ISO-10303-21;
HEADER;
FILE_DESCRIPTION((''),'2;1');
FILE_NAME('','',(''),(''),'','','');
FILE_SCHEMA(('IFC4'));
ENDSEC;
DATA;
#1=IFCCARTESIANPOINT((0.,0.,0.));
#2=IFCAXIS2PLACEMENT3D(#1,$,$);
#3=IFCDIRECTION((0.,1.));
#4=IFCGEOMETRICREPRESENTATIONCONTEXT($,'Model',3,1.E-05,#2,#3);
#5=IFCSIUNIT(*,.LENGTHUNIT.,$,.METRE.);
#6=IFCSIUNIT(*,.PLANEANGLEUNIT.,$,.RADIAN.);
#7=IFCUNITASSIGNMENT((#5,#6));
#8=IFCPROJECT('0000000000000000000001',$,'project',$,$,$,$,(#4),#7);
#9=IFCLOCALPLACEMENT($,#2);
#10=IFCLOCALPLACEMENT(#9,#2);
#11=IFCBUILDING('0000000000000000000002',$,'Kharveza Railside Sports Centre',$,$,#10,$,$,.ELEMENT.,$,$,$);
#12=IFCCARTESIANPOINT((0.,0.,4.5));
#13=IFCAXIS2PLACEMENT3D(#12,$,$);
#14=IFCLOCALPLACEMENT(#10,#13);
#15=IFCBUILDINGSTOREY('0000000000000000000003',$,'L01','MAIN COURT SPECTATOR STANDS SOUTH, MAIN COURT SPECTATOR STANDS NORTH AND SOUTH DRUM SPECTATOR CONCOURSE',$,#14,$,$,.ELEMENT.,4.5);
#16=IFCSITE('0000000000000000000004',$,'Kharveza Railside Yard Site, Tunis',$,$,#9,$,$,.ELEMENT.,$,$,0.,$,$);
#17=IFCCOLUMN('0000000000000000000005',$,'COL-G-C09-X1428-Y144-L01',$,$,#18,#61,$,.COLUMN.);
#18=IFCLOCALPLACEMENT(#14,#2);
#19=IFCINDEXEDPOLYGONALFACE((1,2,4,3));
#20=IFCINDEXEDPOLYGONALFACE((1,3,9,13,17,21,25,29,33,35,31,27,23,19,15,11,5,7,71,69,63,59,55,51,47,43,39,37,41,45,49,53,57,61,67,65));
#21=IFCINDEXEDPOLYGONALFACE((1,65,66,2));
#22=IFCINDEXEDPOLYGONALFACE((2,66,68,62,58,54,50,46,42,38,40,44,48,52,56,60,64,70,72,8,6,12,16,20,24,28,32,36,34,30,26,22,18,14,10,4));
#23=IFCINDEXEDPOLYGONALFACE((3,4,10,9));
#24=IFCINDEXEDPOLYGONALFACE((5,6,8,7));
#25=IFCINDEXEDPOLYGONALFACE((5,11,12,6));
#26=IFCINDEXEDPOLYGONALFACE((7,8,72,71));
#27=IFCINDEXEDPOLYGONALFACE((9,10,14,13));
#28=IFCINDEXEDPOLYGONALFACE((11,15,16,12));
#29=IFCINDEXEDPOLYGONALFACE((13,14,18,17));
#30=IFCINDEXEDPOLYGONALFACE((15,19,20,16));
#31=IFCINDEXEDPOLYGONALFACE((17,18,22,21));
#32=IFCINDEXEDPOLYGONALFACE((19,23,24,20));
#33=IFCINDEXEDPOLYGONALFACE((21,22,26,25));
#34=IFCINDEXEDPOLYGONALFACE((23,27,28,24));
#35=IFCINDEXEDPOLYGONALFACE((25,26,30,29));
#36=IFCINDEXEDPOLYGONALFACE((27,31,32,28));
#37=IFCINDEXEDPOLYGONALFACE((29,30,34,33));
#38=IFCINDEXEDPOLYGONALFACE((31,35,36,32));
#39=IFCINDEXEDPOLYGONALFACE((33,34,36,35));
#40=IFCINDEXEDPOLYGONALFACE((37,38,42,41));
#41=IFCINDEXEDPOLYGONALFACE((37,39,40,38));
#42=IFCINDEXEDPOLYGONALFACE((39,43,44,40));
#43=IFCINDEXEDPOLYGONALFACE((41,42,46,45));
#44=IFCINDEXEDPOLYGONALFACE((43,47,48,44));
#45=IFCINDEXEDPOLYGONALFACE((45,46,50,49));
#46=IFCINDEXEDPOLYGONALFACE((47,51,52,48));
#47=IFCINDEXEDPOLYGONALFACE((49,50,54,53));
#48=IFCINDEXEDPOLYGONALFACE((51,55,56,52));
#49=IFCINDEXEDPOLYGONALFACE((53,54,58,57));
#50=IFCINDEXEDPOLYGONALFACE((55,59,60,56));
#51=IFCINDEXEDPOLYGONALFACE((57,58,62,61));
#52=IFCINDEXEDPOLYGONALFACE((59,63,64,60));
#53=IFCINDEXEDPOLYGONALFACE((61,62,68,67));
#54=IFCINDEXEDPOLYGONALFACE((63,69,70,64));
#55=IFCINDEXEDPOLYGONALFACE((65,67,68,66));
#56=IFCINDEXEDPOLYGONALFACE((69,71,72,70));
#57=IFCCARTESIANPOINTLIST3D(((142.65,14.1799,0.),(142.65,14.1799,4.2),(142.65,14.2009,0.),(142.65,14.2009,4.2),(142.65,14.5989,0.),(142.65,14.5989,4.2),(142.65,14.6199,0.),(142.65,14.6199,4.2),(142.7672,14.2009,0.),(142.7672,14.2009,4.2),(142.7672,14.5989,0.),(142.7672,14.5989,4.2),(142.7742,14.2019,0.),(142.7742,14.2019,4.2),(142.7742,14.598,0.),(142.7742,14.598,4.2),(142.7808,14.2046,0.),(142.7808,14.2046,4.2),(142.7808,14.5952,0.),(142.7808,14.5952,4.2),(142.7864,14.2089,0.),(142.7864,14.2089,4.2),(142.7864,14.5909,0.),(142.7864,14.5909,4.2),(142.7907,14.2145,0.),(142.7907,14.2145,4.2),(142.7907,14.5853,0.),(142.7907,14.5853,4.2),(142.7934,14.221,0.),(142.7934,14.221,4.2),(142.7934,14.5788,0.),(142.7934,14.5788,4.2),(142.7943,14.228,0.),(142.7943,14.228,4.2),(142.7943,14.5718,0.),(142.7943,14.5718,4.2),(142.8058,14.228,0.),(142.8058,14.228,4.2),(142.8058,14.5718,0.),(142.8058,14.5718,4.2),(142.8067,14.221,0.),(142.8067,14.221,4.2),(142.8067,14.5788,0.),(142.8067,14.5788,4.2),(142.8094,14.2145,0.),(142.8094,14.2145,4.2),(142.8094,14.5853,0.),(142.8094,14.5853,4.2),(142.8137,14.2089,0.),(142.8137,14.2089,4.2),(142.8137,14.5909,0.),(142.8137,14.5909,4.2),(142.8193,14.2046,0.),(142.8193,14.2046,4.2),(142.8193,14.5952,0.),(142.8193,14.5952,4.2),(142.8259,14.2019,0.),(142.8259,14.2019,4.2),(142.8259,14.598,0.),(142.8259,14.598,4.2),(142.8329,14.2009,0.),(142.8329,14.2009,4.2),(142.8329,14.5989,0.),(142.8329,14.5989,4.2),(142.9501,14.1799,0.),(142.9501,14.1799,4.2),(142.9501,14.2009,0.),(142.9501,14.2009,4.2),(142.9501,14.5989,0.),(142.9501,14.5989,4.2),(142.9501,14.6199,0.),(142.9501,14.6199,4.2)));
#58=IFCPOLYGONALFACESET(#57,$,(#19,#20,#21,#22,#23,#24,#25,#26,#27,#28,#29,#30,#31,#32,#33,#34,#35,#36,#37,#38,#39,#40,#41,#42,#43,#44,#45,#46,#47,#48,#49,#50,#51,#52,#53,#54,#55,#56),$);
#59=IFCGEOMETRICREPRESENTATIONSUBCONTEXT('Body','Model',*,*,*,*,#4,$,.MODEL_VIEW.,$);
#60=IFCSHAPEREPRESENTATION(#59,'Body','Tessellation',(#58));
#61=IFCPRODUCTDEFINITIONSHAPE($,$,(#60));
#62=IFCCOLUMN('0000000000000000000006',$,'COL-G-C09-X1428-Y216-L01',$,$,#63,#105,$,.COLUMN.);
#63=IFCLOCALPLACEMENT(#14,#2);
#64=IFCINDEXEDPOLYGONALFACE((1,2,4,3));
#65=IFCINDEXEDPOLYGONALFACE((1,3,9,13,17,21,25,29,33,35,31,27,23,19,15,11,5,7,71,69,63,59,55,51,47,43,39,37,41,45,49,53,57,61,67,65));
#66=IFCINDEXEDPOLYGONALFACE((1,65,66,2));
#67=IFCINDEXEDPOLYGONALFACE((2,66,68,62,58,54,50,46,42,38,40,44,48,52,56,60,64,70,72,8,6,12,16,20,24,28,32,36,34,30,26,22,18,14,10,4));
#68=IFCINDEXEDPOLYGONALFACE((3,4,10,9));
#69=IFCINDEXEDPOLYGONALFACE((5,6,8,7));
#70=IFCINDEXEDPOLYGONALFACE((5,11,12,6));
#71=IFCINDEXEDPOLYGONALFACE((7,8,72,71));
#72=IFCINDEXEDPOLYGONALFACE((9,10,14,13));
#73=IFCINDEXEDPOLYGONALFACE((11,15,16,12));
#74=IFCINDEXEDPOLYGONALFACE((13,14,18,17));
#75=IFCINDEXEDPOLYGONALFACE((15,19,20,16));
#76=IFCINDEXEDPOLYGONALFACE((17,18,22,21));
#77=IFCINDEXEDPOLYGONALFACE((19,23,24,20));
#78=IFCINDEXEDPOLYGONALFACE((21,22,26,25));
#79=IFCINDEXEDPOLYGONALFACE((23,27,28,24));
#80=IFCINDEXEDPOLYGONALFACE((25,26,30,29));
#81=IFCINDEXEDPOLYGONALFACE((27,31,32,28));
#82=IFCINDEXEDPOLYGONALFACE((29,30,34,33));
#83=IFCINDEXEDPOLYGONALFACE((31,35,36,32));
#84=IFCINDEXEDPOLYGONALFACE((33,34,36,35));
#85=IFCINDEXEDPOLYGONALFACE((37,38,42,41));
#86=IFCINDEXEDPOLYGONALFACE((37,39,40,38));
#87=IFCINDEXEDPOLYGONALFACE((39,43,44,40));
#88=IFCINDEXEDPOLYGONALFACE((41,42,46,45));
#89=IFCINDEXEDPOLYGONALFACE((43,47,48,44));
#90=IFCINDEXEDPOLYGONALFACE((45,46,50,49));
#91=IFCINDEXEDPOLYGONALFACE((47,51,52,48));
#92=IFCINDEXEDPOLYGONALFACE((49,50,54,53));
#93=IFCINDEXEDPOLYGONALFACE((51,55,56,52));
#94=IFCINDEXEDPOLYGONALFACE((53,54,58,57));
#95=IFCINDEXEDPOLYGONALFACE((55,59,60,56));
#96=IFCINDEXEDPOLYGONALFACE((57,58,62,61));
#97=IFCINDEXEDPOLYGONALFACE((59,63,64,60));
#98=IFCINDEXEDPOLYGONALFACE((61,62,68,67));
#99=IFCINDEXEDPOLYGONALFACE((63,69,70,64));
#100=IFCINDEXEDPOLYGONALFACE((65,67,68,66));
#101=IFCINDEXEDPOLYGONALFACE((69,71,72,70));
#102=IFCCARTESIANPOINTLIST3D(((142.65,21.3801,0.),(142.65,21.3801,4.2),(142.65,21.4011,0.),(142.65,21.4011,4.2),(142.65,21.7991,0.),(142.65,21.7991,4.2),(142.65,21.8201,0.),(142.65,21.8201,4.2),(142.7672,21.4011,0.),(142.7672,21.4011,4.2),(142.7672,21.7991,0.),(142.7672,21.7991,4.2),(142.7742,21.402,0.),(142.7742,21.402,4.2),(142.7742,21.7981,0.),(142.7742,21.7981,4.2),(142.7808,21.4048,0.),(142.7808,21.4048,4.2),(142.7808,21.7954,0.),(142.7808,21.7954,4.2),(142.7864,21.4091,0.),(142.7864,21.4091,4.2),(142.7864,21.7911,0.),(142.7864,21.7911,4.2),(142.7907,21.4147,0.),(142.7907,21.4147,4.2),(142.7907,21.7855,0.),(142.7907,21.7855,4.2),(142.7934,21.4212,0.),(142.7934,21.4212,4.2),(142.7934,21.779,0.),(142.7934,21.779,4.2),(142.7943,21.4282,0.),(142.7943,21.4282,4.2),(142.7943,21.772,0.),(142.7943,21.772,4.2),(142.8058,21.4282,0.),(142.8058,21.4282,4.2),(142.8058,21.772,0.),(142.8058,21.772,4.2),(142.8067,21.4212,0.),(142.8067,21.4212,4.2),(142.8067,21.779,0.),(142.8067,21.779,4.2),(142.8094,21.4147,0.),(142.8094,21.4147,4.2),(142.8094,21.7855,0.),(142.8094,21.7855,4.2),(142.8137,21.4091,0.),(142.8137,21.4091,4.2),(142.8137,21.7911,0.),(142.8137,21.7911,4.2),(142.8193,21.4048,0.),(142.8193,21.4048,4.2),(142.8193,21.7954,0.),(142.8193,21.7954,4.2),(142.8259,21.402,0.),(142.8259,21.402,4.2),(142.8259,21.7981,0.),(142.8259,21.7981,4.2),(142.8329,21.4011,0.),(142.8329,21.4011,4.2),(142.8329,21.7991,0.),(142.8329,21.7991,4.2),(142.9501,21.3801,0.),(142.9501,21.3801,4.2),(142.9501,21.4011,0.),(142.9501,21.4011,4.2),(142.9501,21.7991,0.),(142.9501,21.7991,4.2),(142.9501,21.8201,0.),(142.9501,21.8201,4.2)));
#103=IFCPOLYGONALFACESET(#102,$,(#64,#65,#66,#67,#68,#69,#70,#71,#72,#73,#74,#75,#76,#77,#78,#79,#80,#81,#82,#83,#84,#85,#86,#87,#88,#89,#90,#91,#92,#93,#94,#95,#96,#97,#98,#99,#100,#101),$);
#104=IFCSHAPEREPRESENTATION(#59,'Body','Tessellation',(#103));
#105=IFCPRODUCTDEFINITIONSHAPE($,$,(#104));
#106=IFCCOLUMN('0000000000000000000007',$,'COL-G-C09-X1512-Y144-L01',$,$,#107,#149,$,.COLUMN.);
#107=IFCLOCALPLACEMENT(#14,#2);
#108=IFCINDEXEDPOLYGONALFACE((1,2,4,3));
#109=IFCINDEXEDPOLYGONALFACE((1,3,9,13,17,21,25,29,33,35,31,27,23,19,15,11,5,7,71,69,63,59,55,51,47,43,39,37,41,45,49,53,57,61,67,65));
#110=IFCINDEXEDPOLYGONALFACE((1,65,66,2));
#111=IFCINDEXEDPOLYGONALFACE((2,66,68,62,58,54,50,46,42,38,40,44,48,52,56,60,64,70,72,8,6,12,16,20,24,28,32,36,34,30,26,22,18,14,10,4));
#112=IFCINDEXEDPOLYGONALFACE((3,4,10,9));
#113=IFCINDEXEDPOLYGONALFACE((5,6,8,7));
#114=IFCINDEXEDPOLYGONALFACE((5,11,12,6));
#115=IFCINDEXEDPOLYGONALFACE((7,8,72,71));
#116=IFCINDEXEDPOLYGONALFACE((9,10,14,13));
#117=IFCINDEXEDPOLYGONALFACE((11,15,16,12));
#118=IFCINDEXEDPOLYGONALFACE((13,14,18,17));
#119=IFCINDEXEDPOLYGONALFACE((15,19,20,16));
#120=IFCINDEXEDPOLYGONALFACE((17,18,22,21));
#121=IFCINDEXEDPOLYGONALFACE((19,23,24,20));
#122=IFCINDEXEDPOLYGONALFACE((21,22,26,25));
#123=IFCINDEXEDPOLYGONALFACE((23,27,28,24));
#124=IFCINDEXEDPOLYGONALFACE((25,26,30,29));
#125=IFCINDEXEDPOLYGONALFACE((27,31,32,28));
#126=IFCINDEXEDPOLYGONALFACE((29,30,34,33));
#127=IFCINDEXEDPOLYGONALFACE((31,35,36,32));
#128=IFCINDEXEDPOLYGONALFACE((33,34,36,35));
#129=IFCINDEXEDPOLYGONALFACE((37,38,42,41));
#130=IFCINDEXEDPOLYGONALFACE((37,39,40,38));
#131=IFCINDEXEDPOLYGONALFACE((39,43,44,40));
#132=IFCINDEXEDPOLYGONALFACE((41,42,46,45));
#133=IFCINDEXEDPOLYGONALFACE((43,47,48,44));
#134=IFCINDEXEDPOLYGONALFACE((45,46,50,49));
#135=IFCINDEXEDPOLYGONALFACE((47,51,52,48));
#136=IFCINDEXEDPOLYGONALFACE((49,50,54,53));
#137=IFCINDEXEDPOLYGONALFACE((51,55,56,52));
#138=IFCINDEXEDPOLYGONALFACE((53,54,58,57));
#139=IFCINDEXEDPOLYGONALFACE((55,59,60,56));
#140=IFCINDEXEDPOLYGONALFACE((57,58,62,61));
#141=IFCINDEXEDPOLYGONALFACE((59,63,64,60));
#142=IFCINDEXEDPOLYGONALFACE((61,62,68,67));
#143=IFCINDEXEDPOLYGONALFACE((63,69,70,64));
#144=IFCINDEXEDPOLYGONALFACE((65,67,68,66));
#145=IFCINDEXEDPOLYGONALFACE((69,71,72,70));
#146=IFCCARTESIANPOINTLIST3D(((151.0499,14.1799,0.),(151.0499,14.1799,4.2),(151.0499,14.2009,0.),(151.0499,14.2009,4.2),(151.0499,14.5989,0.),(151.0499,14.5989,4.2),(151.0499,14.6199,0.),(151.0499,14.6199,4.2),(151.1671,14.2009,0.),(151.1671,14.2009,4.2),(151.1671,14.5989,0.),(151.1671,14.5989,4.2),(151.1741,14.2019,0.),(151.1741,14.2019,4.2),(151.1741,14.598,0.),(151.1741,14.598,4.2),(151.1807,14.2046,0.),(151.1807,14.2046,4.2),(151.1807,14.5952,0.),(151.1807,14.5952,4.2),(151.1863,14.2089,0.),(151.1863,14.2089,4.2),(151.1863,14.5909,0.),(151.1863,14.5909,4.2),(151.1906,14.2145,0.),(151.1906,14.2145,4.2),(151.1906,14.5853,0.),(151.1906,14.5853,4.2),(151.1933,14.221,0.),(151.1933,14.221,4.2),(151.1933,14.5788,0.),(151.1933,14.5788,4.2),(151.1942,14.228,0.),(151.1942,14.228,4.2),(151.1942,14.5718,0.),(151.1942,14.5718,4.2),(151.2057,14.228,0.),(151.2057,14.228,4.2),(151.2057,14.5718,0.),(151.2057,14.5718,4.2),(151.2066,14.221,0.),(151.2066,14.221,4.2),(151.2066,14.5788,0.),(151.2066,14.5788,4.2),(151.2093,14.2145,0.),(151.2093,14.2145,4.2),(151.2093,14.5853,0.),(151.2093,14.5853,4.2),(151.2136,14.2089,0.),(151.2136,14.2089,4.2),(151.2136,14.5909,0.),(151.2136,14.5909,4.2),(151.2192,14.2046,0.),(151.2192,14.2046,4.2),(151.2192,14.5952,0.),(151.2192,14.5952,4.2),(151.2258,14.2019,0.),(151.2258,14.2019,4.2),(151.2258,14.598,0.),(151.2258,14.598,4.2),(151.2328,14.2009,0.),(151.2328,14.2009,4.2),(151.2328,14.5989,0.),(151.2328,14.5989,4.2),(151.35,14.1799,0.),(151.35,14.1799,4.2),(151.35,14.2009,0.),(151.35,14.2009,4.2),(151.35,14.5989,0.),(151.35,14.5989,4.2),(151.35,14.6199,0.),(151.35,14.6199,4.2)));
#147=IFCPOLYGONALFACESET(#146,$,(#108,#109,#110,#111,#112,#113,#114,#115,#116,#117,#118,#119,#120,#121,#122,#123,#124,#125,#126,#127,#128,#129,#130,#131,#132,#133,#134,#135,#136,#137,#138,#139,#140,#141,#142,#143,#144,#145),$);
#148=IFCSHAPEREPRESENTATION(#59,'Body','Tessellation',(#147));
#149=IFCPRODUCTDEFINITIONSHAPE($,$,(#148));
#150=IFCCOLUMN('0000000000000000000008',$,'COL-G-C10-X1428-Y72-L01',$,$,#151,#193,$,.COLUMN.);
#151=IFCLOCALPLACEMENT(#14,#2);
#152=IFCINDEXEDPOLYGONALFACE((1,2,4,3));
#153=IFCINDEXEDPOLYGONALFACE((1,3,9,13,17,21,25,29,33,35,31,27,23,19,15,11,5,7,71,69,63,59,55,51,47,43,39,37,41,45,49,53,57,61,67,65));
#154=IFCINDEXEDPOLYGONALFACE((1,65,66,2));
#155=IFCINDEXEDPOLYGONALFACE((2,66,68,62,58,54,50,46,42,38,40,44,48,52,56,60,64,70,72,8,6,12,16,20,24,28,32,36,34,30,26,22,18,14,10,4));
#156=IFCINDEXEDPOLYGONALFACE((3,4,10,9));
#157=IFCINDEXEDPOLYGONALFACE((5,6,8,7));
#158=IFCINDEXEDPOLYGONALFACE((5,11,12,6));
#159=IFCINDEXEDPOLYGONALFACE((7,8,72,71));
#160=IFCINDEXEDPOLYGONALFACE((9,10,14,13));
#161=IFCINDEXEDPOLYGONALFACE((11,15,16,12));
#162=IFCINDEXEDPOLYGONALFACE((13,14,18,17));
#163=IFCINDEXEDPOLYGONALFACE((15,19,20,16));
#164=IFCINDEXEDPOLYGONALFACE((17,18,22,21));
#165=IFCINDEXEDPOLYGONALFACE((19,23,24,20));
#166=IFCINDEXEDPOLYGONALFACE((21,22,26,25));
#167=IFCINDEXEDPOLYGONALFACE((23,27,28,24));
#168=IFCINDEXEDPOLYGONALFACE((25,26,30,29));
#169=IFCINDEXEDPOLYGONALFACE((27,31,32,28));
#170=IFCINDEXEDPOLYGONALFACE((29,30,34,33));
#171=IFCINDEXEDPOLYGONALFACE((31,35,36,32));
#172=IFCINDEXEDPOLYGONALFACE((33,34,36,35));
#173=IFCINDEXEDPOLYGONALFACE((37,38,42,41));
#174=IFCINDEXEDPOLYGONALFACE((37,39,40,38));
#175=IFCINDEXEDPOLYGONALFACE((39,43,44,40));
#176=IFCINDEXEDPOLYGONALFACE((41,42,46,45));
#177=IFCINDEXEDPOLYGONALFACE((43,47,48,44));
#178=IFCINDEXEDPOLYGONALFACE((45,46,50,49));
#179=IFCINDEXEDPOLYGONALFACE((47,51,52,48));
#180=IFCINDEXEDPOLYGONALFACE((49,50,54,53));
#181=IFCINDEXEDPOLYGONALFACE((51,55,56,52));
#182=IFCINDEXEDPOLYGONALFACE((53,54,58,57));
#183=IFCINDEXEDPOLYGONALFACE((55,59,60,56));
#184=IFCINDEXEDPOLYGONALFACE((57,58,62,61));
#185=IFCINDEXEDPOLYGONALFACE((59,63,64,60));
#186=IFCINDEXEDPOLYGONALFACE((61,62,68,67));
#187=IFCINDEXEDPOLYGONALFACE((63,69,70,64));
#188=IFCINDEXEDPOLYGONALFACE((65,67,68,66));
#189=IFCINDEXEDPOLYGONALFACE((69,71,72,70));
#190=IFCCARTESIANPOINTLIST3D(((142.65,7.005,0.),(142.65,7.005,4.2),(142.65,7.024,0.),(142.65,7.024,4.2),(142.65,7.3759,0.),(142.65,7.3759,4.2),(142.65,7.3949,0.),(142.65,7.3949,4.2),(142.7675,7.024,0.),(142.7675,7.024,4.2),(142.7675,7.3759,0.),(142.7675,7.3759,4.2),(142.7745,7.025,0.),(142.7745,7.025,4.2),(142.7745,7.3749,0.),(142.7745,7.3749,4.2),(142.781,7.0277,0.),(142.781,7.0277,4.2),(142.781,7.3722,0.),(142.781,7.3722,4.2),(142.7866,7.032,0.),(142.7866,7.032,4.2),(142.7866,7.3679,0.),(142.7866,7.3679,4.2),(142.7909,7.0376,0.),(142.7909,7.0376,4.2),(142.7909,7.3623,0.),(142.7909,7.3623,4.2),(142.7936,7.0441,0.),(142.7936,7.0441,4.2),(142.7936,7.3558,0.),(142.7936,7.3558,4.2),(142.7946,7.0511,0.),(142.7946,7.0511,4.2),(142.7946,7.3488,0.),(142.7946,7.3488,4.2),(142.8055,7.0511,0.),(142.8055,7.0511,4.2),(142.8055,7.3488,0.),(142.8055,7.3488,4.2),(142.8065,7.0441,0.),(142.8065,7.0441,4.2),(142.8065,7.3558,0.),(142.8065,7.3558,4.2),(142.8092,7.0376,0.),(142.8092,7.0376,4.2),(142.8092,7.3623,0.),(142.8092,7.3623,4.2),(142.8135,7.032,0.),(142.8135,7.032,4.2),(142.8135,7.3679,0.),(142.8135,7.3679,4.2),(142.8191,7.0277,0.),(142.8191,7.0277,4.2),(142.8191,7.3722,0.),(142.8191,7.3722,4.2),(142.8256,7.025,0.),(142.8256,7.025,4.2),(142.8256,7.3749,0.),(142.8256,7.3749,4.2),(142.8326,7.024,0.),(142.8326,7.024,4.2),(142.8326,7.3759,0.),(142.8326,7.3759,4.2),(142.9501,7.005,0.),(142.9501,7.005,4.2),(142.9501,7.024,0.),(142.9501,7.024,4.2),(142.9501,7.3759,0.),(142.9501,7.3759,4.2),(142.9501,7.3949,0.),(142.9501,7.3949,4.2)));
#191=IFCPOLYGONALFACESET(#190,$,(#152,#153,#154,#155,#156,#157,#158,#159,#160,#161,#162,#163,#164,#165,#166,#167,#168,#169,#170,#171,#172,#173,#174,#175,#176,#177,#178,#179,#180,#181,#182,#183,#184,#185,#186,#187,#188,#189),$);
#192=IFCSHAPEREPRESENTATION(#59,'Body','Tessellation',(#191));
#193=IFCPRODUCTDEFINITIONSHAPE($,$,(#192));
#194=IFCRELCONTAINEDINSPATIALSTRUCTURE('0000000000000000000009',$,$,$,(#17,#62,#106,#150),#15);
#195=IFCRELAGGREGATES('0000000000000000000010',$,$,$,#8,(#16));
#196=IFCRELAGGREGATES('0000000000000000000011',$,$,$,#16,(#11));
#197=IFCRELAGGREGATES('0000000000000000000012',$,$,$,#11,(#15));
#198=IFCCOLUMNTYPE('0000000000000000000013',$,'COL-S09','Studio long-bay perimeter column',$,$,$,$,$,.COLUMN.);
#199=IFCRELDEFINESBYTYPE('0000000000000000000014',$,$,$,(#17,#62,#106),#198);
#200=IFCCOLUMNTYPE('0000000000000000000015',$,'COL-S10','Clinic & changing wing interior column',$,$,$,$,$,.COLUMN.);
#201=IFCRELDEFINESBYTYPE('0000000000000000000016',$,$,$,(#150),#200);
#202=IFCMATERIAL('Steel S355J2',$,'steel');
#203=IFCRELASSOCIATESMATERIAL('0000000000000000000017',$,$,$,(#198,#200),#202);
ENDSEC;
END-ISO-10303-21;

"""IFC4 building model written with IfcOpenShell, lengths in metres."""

from ifc_helpers import new_model, si_unit, direction, frame, origin, origin_2d, place, context, subcontext, project, spatial, i_section, extrude, material, material_profile, profile_set, type_object, element, save


model = new_model("IFC4")

# Units and contexts
model_context = context("Model", 3, precision=1e-05, world=origin(), true_north=direction((0.0, 1.0)))
body_context = subcontext(model_context, "Body", "Model", "MODEL_VIEW")
ifc_project = project(units=[si_unit("LENGTHUNIT", "METRE"), si_unit("PLANEANGLEUNIT", "RADIAN")], contexts=[model_context])

# Site, building, storey
site_placement = place(None, origin())
site = spatial("IfcSite", under=ifc_project, at=site_placement, Name="Kharveza Railside Yard Site, Tunis", CompositionType="ELEMENT", RefElevation=0.0)
building_placement = place(site_placement, origin())
building = spatial("IfcBuilding", under=site, at=building_placement, Name="Kharveza Railside Sports Centre", CompositionType="ELEMENT")
storey_placement = place(building_placement, frame((0.0, 0.0, 4.5)))
storey = spatial("IfcBuildingStorey", under=building, at=storey_placement, Name="L01", Description="MAIN COURT SPECTATOR STANDS SOUTH, MAIN COURT SPECTATOR STANDS NORTH AND SOUTH DRUM SPECTATOR CONCOURSE", CompositionType="ELEMENT", Elevation=4.5)

# Columns
ifc_material_1 = material(Name="Steel S355J2", Category="steel")
ifc_material_profile_1 = material_profile(ifc_material_1, i_section(OverallWidth=0.3, OverallDepth=0.4399, WebThickness=0.0115, FlangeThickness=0.021, FilletRadius=0.0271, at=origin_2d()), Name="HEA 450")
ifc_profile_set_1 = profile_set([ifc_material_profile_1], Name="Steel S355J2")
column_type_1 = type_object("IfcColumnType", Name="COL-S09", Description="Studio long-bay perimeter column", PredefinedType="COLUMN", material=ifc_profile_set_1)
for number, where, z_axis, x_axis, name in (
    (1, (142.8, 14.3999, 0.0), (0.0, 0.0, 1.0), (1.0, 0.0, 0.0), "COL-G-C09-X1428-Y144-L01"),
    (2, (142.8, 21.6001, 0.0), (0.0, 0.0, 1.0), (1.0, 0.0, 0.0), "COL-G-C09-X1428-Y216-L01"),
    (3, (151.2, 14.3999, 0.0), (0.0, 0.0, 1.0), (1.0, 0.0, 0.0), "COL-G-C09-X1512-Y144-L01"),
):
    element("IfcColumn", number, at=place(storey_placement, frame(where, z_axis=z_axis, x_axis=x_axis)), inside=storey, type_object=column_type_1, Name=name, PredefinedType="COLUMN", context=body_context, shape_type="SweptSolid", body=[
        extrude(i_section(OverallWidth=0.3, OverallDepth=0.4399, WebThickness=0.0115, FlangeThickness=0.021, FilletRadius=0.0271, at=origin_2d()), origin(), (0.0, 0.0, 1.0), 4.2),
    ])
ifc_material_profile_2 = material_profile(ifc_material_1, i_section(OverallWidth=0.3, OverallDepth=0.3899, WebThickness=0.011, FlangeThickness=0.019, FilletRadius=0.0271, at=origin_2d()), Name="HEA 400")
ifc_profile_set_2 = profile_set([ifc_material_profile_2], Name="Steel S355J2")
column_type_2 = type_object("IfcColumnType", Name="COL-S10", Description="Clinic & changing wing interior column", PredefinedType="COLUMN", material=ifc_profile_set_2)
for number, where, z_axis, x_axis, name in (
    (4, (142.8, 7.2, 0.0), (0.0, 0.0, 1.0), (1.0, 0.0, 0.0), "COL-G-C10-X1428-Y72-L01"),
):
    element("IfcColumn", number, at=place(storey_placement, frame(where, z_axis=z_axis, x_axis=x_axis)), inside=storey, type_object=column_type_2, Name=name, PredefinedType="COLUMN", context=body_context, shape_type="SweptSolid", body=[
        extrude(i_section(OverallWidth=0.3, OverallDepth=0.3899, WebThickness=0.011, FlangeThickness=0.019, FilletRadius=0.0271, at=origin_2d()), origin(), (0.0, 0.0, 1.0), 4.2),
    ])

save(model, "model.ifc")
